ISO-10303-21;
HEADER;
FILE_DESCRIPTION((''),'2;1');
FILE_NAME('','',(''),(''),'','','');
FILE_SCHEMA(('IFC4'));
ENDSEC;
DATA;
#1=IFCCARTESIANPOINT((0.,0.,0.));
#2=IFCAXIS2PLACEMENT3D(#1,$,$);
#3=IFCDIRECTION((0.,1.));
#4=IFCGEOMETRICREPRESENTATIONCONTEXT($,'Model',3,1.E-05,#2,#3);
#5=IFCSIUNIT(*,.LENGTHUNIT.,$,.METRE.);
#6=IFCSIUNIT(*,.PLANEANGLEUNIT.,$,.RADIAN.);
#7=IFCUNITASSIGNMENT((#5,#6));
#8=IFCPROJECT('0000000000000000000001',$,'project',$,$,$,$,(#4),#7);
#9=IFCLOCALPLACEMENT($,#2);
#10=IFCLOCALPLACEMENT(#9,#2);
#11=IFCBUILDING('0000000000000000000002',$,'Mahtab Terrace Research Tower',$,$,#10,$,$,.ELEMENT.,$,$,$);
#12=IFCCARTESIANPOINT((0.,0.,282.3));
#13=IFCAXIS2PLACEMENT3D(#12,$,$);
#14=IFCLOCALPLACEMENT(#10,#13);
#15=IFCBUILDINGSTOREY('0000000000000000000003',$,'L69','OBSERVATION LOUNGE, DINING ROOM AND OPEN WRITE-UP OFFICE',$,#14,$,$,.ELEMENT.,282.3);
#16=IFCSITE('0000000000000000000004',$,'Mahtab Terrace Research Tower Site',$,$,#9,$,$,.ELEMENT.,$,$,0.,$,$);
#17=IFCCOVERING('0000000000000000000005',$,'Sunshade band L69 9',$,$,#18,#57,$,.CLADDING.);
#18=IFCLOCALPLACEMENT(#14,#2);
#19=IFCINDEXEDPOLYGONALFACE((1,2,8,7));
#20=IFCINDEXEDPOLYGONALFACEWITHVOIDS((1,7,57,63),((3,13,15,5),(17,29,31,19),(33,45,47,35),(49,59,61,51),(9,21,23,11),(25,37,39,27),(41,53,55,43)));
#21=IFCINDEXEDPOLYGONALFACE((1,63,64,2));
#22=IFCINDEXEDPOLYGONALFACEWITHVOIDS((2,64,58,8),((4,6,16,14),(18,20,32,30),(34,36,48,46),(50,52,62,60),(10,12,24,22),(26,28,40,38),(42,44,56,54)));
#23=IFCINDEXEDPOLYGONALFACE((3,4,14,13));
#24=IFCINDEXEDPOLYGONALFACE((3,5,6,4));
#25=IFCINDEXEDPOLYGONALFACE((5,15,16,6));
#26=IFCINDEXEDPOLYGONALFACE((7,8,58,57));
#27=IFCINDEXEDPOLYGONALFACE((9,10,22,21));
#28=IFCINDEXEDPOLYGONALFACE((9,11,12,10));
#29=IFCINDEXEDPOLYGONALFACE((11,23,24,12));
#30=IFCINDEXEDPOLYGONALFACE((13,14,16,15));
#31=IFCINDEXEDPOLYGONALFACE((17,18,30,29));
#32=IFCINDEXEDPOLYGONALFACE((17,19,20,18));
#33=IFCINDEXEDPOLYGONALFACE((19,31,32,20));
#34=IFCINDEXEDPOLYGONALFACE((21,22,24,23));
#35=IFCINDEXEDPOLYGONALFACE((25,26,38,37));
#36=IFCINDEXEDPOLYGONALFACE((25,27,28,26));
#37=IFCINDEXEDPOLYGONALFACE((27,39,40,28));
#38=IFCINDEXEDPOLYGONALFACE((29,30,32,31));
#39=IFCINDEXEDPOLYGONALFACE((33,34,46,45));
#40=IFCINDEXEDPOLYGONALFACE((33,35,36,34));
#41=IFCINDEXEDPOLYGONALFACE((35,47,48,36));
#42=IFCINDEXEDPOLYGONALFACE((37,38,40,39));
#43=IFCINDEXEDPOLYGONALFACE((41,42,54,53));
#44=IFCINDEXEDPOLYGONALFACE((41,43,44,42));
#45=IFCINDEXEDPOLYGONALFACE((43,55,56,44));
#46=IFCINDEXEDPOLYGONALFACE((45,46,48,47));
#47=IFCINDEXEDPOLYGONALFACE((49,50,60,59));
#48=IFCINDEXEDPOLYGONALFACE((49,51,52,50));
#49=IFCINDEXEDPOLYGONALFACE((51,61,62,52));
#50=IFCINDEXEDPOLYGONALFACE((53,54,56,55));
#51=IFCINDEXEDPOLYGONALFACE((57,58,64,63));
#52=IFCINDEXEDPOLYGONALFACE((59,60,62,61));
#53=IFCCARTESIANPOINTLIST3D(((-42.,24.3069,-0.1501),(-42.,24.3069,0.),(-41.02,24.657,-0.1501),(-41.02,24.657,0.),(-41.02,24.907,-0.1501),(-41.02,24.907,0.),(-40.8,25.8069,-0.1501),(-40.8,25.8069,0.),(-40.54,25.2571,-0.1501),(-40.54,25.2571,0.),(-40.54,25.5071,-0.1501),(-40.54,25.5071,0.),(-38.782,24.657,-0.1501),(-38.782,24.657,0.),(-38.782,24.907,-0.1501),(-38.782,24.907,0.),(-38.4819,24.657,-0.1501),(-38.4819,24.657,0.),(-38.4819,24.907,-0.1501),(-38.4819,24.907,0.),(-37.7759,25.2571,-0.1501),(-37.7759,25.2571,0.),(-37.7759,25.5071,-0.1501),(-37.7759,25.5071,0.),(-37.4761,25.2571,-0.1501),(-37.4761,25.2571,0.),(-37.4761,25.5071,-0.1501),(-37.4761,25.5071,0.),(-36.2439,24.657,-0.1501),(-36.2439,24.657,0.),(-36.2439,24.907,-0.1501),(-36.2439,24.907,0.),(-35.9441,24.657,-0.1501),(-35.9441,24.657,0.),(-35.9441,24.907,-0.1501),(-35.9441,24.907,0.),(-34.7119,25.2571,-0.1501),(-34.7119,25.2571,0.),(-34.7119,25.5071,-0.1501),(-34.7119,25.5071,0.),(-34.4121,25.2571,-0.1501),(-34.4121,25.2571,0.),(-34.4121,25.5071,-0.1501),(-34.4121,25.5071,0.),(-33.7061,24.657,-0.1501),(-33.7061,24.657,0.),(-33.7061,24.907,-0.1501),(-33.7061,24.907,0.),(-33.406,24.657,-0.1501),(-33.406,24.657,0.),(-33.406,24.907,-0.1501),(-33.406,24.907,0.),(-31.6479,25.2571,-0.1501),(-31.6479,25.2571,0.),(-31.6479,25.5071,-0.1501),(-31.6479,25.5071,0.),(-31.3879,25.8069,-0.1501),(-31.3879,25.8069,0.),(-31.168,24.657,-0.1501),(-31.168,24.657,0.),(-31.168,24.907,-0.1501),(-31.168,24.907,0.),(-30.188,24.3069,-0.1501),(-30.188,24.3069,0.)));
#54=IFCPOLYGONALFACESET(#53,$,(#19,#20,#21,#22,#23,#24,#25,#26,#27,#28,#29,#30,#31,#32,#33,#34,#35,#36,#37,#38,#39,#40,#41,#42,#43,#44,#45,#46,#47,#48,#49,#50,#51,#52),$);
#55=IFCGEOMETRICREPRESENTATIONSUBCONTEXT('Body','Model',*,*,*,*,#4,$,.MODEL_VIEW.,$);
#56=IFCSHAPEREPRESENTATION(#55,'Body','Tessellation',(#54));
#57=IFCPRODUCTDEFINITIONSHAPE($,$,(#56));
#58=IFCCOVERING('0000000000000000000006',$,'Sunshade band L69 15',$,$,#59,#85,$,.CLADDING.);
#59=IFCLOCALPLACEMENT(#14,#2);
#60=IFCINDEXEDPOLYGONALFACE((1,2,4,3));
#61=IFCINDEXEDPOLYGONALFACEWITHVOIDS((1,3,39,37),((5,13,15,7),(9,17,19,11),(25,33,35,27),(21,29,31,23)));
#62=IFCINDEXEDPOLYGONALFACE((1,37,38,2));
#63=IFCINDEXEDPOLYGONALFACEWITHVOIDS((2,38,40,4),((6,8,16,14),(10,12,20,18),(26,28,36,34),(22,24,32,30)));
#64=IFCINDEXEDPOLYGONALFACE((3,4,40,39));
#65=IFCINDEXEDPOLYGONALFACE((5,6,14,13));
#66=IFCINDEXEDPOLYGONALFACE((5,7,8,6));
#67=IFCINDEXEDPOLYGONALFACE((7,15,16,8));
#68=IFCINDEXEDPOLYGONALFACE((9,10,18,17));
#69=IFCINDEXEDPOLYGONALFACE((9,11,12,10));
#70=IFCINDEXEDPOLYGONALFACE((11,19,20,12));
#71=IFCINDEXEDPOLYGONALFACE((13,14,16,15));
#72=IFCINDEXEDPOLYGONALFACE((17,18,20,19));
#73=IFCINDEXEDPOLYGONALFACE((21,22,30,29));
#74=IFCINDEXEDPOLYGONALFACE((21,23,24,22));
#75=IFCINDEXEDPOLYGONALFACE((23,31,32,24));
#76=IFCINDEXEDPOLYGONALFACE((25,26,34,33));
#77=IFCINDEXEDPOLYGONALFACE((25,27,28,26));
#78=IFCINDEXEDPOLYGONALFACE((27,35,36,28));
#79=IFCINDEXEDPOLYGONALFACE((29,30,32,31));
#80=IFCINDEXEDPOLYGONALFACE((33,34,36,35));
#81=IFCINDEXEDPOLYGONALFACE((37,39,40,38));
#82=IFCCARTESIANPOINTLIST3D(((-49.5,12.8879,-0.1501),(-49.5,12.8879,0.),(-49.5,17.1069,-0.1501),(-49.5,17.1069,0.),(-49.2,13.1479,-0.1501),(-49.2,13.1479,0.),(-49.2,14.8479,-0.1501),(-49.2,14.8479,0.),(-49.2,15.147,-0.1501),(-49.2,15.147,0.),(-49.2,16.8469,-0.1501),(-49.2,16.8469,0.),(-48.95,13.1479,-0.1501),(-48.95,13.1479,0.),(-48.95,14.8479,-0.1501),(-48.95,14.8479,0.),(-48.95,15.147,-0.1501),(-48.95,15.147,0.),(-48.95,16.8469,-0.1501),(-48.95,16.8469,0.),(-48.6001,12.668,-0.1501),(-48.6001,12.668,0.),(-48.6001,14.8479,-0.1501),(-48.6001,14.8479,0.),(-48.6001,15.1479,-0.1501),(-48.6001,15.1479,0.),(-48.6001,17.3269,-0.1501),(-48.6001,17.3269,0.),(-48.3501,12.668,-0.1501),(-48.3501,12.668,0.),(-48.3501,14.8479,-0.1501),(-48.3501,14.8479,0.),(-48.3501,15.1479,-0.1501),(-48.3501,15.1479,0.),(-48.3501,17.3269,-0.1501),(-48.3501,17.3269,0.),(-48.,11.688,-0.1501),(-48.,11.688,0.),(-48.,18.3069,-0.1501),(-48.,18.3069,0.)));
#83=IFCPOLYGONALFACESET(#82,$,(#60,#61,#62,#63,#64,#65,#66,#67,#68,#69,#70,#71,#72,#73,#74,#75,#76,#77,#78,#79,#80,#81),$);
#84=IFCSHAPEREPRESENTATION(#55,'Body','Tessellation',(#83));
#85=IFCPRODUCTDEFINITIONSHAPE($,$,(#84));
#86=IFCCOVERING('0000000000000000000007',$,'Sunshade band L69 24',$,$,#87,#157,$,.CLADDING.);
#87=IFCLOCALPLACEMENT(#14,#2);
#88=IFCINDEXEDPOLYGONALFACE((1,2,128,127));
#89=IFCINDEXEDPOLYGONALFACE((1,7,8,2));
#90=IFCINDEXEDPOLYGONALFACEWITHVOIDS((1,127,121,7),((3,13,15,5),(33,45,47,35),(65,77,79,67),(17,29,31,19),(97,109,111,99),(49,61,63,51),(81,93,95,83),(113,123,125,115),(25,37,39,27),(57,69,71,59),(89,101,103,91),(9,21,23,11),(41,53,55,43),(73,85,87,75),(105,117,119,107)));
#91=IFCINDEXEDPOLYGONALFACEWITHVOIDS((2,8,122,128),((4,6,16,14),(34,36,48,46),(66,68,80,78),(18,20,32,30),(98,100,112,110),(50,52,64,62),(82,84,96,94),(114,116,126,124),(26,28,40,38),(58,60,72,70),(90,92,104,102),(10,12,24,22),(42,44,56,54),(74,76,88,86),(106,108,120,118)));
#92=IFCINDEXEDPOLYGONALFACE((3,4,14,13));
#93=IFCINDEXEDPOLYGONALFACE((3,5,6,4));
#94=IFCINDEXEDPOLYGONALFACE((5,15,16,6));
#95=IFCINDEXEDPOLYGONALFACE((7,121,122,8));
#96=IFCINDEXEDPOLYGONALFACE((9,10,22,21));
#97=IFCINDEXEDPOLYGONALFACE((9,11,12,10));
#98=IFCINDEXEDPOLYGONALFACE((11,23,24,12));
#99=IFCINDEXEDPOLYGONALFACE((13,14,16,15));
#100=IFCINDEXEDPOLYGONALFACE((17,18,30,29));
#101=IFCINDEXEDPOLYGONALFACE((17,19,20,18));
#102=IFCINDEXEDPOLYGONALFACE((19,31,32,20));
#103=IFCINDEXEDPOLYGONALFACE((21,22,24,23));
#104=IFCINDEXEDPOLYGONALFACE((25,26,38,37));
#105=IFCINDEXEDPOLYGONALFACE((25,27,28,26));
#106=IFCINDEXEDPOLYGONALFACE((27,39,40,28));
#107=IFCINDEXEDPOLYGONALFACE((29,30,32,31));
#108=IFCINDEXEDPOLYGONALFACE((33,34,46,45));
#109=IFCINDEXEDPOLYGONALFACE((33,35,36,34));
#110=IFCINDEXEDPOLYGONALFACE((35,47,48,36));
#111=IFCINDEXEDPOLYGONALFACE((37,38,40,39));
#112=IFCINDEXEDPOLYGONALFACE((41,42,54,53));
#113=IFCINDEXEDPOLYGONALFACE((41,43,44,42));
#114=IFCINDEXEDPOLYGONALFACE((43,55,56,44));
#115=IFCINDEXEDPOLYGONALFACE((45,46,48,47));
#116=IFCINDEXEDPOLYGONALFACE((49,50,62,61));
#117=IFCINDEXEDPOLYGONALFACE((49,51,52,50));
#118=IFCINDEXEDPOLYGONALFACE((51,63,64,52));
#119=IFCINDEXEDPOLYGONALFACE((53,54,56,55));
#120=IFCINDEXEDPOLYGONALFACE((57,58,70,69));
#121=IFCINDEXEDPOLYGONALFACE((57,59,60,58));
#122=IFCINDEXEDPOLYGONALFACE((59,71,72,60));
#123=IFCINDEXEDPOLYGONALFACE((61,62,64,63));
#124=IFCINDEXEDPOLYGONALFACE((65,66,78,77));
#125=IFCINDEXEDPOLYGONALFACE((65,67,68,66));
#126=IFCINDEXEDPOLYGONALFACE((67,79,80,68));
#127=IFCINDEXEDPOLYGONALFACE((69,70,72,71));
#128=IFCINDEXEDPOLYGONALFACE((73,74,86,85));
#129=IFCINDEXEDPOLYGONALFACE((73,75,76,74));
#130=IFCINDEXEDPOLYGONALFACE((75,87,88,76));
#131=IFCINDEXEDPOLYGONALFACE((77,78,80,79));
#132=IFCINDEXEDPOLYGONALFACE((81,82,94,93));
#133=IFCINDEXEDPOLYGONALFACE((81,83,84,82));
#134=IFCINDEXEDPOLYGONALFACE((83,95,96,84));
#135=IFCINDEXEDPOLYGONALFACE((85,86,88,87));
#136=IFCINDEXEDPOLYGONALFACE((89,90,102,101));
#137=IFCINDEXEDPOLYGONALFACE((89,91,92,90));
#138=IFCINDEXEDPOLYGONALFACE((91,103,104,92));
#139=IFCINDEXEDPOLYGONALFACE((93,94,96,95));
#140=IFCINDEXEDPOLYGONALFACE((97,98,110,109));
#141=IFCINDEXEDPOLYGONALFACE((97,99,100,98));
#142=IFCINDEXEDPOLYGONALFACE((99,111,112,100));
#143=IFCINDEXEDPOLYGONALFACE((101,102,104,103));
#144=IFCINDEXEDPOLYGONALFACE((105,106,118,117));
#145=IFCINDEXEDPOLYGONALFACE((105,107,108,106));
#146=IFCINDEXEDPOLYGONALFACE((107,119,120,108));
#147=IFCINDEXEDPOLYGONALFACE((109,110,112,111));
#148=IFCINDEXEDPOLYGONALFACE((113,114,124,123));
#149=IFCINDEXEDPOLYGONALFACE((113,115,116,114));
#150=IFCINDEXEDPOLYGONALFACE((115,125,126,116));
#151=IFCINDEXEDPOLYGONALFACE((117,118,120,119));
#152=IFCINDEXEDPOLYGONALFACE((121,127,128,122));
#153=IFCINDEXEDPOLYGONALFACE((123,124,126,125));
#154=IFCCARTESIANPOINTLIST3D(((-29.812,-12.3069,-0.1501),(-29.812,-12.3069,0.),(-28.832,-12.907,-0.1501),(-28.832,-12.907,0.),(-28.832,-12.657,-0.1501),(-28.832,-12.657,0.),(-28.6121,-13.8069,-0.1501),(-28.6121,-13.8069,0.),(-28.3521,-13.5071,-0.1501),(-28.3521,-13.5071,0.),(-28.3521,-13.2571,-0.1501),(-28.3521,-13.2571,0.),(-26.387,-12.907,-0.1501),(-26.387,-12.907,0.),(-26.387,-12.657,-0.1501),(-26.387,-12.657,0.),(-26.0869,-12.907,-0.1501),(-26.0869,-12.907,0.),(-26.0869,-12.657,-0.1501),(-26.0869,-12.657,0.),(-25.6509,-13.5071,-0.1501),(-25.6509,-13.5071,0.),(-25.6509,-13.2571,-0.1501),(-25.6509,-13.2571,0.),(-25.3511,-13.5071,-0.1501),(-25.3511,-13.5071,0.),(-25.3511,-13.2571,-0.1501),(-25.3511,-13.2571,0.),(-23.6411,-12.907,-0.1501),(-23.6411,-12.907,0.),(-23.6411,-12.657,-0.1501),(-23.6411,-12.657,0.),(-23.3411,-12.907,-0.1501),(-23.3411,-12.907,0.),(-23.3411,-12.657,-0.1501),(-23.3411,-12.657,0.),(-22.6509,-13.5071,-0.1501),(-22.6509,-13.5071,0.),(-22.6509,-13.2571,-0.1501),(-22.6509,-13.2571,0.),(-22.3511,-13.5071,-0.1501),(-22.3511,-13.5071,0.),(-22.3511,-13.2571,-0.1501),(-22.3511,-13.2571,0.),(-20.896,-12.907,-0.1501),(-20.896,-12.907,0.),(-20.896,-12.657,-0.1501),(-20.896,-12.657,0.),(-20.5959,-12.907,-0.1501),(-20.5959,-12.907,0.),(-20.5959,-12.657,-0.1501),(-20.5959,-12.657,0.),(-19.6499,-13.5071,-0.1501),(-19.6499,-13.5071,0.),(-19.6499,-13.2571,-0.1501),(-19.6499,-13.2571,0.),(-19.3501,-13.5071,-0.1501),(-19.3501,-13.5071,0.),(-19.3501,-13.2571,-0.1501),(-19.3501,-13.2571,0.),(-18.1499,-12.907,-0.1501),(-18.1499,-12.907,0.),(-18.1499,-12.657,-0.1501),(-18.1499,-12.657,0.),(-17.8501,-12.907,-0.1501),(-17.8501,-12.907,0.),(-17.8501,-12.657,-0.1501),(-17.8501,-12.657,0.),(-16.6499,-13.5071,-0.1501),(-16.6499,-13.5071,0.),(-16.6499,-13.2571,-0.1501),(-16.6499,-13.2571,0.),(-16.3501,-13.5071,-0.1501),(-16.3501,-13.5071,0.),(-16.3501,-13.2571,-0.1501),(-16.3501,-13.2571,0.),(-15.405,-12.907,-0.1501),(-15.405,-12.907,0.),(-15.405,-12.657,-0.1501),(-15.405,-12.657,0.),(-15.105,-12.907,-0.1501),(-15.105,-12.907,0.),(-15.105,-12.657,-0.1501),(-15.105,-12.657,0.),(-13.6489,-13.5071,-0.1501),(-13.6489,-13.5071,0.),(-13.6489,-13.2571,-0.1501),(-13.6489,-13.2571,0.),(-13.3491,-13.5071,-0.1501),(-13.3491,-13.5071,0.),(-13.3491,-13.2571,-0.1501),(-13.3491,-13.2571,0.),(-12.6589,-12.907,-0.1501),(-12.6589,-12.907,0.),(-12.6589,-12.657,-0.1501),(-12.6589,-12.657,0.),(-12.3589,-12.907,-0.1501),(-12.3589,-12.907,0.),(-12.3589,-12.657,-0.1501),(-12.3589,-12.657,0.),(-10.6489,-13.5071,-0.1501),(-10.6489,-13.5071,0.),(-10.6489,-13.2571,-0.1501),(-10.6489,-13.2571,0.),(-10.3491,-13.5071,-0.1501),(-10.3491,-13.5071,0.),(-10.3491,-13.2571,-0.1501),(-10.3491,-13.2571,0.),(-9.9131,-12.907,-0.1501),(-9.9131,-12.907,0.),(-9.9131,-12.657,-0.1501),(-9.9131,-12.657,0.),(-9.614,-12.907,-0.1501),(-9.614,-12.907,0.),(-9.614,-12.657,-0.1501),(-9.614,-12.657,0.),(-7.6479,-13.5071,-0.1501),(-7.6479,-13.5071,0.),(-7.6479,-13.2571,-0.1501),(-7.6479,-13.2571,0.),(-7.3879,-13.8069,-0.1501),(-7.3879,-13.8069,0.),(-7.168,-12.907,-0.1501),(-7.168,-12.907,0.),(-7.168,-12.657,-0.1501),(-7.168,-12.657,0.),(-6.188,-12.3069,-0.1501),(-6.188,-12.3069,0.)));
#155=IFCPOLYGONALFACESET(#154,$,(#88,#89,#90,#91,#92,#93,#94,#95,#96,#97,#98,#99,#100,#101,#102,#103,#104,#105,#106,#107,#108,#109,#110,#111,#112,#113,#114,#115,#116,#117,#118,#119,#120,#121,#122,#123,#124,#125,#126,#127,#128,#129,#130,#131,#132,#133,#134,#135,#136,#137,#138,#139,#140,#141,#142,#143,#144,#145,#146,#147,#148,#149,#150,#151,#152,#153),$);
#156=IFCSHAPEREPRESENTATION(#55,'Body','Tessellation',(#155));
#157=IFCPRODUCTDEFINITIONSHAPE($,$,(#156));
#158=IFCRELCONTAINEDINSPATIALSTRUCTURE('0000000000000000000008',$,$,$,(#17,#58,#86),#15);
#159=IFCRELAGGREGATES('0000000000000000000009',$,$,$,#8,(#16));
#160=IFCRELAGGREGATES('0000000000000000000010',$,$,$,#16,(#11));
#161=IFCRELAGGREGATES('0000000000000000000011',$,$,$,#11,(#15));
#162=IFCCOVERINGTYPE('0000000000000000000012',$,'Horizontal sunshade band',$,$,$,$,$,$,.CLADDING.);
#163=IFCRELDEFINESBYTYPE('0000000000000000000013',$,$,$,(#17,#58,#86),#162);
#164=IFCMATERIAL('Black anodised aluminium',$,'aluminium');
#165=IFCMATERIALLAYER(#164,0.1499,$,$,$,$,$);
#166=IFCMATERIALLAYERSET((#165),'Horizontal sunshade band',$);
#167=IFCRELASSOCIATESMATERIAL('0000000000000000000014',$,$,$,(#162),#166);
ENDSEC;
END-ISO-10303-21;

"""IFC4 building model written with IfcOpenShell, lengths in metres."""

from ifc_helpers import new_model, si_unit, direction, frame, origin, place, context, subcontext, project, spatial, polyline, outline, extrude, material, layer, layer_set, type_object, element, save


model = new_model("IFC4")

# Units and contexts
model_context = context("Model", 3, precision=1e-05, world=origin(), true_north=direction((0.0, 1.0)))
body_context = subcontext(model_context, "Body", "Model", "MODEL_VIEW")
ifc_project = project(units=[si_unit("LENGTHUNIT", "METRE"), si_unit("PLANEANGLEUNIT", "RADIAN")], contexts=[model_context])

# Site, building, storey
site_placement = place(None, origin())
site = spatial("IfcSite", under=ifc_project, at=site_placement, Name="Mahtab Terrace Research Tower Site", CompositionType="ELEMENT", RefElevation=0.0)
building_placement = place(site_placement, origin())
building = spatial("IfcBuilding", under=site, at=building_placement, Name="Mahtab Terrace Research Tower", CompositionType="ELEMENT")
storey_placement = place(building_placement, frame((0.0, 0.0, 282.3)))
storey = spatial("IfcBuildingStorey", under=building, at=storey_placement, Name="L69", Description="OBSERVATION LOUNGE, DINING ROOM AND OPEN WRITE-UP OFFICE", CompositionType="ELEMENT", Elevation=282.3)

# Coverings
ifc_material_1 = material(Name="Black anodised aluminium", Category="aluminium")
ifc_layer_1 = layer(ifc_material_1, 0.1499)
ifc_layer_set_1 = layer_set([ifc_layer_1], Name="Horizontal sunshade band")
covering_type = type_object("IfcCoveringType", Name="Horizontal sunshade band", PredefinedType="CLADDING", material=ifc_layer_set_1)
covering_1_placement = place(storey_placement, frame((0.0, 0.0, -0.1501)))
element("IfcCovering", 1, at=covering_1_placement, inside=storey, type_object=covering_type, Name="Sunshade band L69 9", PredefinedType="CLADDING", context=body_context, shape_type="SweptSolid", body=[
    extrude(outline(polyline([(-30.188, 24.3069), (-42.0, 24.3069), (-40.8, 25.8069), (-31.3879, 25.8069), (-30.188, 24.3069)]), holes=[polyline([(-31.168, 24.657), (-33.406, 24.657), (-33.406, 24.907), (-31.168, 24.907), (-31.168, 24.657)]), polyline([(-33.7061, 24.657), (-35.9441, 24.657), (-35.9441, 24.907), (-33.7061, 24.907), (-33.7061, 24.657)]), polyline([(-36.2439, 24.657), (-38.4819, 24.657), (-38.4819, 24.907), (-36.2439, 24.907), (-36.2439, 24.657)]), polyline([(-38.782, 24.657), (-41.02, 24.657), (-41.02, 24.907), (-38.782, 24.907), (-38.782, 24.657)]), polyline([(-31.6479, 25.2571), (-34.4121, 25.2571), (-34.4121, 25.5071), (-31.6479, 25.5071), (-31.6479, 25.2571)]), polyline([(-34.7119, 25.2571), (-37.4761, 25.2571), (-37.4761, 25.5071), (-34.7119, 25.5071), (-34.7119, 25.2571)]), polyline([(-37.7759, 25.2571), (-40.54, 25.2571), (-40.54, 25.5071), (-37.7759, 25.5071), (-37.7759, 25.2571)])]), origin(), (0.0, 0.0, 1.0), 0.1501),
])
covering_2_placement = place(storey_placement, frame((0.0, 0.0, -0.1501)))
element("IfcCovering", 2, at=covering_2_placement, inside=storey, type_object=covering_type, Name="Sunshade band L69 15", PredefinedType="CLADDING", context=body_context, shape_type="SweptSolid", body=[
    extrude(outline(polyline([(-48.0, 18.3069), (-48.0, 11.688), (-49.5, 12.8879), (-49.5, 17.1069), (-48.0, 18.3069)]), holes=[polyline([(-48.3501, 17.3269), (-48.3501, 15.1479), (-48.6001, 15.1479), (-48.6001, 17.3269), (-48.3501, 17.3269)]), polyline([(-48.3501, 14.8479), (-48.3501, 12.668), (-48.6001, 12.668), (-48.6001, 14.8479), (-48.3501, 14.8479)]), polyline([(-48.95, 16.8469), (-48.95, 15.147), (-49.2, 15.147), (-49.2, 16.8469), (-48.95, 16.8469)]), polyline([(-48.95, 14.8479), (-48.95, 13.1479), (-49.2, 13.1479), (-49.2, 14.8479), (-48.95, 14.8479)])]), origin(), (0.0, 0.0, 1.0), 0.1501),
])
covering_3_placement = place(storey_placement, frame((0.0, 0.0, -0.1501)))
element("IfcCovering", 3, at=covering_3_placement, inside=storey, type_object=covering_type, Name="Sunshade band L69 24", PredefinedType="CLADDING", context=body_context, shape_type="SweptSolid", body=[
    extrude(outline(polyline([(-29.812, -12.3069), (-6.188, -12.3069), (-7.3879, -13.8069), (-28.6121, -13.8069), (-29.812, -12.3069)]), holes=[polyline([(-28.832, -12.657), (-26.387, -12.657), (-26.387, -12.907), (-28.832, -12.907), (-28.832, -12.657)]), polyline([(-26.0869, -12.657), (-23.6411, -12.657), (-23.6411, -12.907), (-26.0869, -12.907), (-26.0869, -12.657)]), polyline([(-23.3411, -12.657), (-20.896, -12.657), (-20.896, -12.907), (-23.3411, -12.907), (-23.3411, -12.657)]), polyline([(-20.5959, -12.657), (-18.1499, -12.657), (-18.1499, -12.907), (-20.5959, -12.907), (-20.5959, -12.657)]), polyline([(-17.8501, -12.657), (-15.405, -12.657), (-15.405, -12.907), (-17.8501, -12.907), (-17.8501, -12.657)]), polyline([(-15.105, -12.657), (-12.6589, -12.657), (-12.6589, -12.907), (-15.105, -12.907), (-15.105, -12.657)]), polyline([(-12.3589, -12.657), (-9.9131, -12.657), (-9.9131, -12.907), (-12.3589, -12.907), (-12.3589, -12.657)]), polyline([(-9.614, -12.657), (-7.168, -12.657), (-7.168, -12.907), (-9.614, -12.907), (-9.614, -12.657)]), polyline([(-28.3521, -13.2571), (-25.6509, -13.2571), (-25.6509, -13.5071), (-28.3521, -13.5071), (-28.3521, -13.2571)]), polyline([(-25.3511, -13.2571), (-22.6509, -13.2571), (-22.6509, -13.5071), (-25.3511, -13.5071), (-25.3511, -13.2571)]), polyline([(-22.3511, -13.2571), (-19.6499, -13.2571), (-19.6499, -13.5071), (-22.3511, -13.5071), (-22.3511, -13.2571)]), polyline([(-19.3501, -13.2571), (-16.6499, -13.2571), (-16.6499, -13.5071), (-19.3501, -13.5071), (-19.3501, -13.2571)]), polyline([(-16.3501, -13.2571), (-13.6489, -13.2571), (-13.6489, -13.5071), (-16.3501, -13.5071), (-16.3501, -13.2571)]), polyline([(-13.3491, -13.2571), (-10.6489, -13.2571), (-10.6489, -13.5071), (-13.3491, -13.5071), (-13.3491, -13.2571)]), polyline([(-10.3491, -13.2571), (-7.6479, -13.2571), (-7.6479, -13.5071), (-10.3491, -13.5071), (-10.3491, -13.2571)])]), origin(), (0.0, 0.0, 1.0), 0.1501),
])

save(model, "model.ifc")
